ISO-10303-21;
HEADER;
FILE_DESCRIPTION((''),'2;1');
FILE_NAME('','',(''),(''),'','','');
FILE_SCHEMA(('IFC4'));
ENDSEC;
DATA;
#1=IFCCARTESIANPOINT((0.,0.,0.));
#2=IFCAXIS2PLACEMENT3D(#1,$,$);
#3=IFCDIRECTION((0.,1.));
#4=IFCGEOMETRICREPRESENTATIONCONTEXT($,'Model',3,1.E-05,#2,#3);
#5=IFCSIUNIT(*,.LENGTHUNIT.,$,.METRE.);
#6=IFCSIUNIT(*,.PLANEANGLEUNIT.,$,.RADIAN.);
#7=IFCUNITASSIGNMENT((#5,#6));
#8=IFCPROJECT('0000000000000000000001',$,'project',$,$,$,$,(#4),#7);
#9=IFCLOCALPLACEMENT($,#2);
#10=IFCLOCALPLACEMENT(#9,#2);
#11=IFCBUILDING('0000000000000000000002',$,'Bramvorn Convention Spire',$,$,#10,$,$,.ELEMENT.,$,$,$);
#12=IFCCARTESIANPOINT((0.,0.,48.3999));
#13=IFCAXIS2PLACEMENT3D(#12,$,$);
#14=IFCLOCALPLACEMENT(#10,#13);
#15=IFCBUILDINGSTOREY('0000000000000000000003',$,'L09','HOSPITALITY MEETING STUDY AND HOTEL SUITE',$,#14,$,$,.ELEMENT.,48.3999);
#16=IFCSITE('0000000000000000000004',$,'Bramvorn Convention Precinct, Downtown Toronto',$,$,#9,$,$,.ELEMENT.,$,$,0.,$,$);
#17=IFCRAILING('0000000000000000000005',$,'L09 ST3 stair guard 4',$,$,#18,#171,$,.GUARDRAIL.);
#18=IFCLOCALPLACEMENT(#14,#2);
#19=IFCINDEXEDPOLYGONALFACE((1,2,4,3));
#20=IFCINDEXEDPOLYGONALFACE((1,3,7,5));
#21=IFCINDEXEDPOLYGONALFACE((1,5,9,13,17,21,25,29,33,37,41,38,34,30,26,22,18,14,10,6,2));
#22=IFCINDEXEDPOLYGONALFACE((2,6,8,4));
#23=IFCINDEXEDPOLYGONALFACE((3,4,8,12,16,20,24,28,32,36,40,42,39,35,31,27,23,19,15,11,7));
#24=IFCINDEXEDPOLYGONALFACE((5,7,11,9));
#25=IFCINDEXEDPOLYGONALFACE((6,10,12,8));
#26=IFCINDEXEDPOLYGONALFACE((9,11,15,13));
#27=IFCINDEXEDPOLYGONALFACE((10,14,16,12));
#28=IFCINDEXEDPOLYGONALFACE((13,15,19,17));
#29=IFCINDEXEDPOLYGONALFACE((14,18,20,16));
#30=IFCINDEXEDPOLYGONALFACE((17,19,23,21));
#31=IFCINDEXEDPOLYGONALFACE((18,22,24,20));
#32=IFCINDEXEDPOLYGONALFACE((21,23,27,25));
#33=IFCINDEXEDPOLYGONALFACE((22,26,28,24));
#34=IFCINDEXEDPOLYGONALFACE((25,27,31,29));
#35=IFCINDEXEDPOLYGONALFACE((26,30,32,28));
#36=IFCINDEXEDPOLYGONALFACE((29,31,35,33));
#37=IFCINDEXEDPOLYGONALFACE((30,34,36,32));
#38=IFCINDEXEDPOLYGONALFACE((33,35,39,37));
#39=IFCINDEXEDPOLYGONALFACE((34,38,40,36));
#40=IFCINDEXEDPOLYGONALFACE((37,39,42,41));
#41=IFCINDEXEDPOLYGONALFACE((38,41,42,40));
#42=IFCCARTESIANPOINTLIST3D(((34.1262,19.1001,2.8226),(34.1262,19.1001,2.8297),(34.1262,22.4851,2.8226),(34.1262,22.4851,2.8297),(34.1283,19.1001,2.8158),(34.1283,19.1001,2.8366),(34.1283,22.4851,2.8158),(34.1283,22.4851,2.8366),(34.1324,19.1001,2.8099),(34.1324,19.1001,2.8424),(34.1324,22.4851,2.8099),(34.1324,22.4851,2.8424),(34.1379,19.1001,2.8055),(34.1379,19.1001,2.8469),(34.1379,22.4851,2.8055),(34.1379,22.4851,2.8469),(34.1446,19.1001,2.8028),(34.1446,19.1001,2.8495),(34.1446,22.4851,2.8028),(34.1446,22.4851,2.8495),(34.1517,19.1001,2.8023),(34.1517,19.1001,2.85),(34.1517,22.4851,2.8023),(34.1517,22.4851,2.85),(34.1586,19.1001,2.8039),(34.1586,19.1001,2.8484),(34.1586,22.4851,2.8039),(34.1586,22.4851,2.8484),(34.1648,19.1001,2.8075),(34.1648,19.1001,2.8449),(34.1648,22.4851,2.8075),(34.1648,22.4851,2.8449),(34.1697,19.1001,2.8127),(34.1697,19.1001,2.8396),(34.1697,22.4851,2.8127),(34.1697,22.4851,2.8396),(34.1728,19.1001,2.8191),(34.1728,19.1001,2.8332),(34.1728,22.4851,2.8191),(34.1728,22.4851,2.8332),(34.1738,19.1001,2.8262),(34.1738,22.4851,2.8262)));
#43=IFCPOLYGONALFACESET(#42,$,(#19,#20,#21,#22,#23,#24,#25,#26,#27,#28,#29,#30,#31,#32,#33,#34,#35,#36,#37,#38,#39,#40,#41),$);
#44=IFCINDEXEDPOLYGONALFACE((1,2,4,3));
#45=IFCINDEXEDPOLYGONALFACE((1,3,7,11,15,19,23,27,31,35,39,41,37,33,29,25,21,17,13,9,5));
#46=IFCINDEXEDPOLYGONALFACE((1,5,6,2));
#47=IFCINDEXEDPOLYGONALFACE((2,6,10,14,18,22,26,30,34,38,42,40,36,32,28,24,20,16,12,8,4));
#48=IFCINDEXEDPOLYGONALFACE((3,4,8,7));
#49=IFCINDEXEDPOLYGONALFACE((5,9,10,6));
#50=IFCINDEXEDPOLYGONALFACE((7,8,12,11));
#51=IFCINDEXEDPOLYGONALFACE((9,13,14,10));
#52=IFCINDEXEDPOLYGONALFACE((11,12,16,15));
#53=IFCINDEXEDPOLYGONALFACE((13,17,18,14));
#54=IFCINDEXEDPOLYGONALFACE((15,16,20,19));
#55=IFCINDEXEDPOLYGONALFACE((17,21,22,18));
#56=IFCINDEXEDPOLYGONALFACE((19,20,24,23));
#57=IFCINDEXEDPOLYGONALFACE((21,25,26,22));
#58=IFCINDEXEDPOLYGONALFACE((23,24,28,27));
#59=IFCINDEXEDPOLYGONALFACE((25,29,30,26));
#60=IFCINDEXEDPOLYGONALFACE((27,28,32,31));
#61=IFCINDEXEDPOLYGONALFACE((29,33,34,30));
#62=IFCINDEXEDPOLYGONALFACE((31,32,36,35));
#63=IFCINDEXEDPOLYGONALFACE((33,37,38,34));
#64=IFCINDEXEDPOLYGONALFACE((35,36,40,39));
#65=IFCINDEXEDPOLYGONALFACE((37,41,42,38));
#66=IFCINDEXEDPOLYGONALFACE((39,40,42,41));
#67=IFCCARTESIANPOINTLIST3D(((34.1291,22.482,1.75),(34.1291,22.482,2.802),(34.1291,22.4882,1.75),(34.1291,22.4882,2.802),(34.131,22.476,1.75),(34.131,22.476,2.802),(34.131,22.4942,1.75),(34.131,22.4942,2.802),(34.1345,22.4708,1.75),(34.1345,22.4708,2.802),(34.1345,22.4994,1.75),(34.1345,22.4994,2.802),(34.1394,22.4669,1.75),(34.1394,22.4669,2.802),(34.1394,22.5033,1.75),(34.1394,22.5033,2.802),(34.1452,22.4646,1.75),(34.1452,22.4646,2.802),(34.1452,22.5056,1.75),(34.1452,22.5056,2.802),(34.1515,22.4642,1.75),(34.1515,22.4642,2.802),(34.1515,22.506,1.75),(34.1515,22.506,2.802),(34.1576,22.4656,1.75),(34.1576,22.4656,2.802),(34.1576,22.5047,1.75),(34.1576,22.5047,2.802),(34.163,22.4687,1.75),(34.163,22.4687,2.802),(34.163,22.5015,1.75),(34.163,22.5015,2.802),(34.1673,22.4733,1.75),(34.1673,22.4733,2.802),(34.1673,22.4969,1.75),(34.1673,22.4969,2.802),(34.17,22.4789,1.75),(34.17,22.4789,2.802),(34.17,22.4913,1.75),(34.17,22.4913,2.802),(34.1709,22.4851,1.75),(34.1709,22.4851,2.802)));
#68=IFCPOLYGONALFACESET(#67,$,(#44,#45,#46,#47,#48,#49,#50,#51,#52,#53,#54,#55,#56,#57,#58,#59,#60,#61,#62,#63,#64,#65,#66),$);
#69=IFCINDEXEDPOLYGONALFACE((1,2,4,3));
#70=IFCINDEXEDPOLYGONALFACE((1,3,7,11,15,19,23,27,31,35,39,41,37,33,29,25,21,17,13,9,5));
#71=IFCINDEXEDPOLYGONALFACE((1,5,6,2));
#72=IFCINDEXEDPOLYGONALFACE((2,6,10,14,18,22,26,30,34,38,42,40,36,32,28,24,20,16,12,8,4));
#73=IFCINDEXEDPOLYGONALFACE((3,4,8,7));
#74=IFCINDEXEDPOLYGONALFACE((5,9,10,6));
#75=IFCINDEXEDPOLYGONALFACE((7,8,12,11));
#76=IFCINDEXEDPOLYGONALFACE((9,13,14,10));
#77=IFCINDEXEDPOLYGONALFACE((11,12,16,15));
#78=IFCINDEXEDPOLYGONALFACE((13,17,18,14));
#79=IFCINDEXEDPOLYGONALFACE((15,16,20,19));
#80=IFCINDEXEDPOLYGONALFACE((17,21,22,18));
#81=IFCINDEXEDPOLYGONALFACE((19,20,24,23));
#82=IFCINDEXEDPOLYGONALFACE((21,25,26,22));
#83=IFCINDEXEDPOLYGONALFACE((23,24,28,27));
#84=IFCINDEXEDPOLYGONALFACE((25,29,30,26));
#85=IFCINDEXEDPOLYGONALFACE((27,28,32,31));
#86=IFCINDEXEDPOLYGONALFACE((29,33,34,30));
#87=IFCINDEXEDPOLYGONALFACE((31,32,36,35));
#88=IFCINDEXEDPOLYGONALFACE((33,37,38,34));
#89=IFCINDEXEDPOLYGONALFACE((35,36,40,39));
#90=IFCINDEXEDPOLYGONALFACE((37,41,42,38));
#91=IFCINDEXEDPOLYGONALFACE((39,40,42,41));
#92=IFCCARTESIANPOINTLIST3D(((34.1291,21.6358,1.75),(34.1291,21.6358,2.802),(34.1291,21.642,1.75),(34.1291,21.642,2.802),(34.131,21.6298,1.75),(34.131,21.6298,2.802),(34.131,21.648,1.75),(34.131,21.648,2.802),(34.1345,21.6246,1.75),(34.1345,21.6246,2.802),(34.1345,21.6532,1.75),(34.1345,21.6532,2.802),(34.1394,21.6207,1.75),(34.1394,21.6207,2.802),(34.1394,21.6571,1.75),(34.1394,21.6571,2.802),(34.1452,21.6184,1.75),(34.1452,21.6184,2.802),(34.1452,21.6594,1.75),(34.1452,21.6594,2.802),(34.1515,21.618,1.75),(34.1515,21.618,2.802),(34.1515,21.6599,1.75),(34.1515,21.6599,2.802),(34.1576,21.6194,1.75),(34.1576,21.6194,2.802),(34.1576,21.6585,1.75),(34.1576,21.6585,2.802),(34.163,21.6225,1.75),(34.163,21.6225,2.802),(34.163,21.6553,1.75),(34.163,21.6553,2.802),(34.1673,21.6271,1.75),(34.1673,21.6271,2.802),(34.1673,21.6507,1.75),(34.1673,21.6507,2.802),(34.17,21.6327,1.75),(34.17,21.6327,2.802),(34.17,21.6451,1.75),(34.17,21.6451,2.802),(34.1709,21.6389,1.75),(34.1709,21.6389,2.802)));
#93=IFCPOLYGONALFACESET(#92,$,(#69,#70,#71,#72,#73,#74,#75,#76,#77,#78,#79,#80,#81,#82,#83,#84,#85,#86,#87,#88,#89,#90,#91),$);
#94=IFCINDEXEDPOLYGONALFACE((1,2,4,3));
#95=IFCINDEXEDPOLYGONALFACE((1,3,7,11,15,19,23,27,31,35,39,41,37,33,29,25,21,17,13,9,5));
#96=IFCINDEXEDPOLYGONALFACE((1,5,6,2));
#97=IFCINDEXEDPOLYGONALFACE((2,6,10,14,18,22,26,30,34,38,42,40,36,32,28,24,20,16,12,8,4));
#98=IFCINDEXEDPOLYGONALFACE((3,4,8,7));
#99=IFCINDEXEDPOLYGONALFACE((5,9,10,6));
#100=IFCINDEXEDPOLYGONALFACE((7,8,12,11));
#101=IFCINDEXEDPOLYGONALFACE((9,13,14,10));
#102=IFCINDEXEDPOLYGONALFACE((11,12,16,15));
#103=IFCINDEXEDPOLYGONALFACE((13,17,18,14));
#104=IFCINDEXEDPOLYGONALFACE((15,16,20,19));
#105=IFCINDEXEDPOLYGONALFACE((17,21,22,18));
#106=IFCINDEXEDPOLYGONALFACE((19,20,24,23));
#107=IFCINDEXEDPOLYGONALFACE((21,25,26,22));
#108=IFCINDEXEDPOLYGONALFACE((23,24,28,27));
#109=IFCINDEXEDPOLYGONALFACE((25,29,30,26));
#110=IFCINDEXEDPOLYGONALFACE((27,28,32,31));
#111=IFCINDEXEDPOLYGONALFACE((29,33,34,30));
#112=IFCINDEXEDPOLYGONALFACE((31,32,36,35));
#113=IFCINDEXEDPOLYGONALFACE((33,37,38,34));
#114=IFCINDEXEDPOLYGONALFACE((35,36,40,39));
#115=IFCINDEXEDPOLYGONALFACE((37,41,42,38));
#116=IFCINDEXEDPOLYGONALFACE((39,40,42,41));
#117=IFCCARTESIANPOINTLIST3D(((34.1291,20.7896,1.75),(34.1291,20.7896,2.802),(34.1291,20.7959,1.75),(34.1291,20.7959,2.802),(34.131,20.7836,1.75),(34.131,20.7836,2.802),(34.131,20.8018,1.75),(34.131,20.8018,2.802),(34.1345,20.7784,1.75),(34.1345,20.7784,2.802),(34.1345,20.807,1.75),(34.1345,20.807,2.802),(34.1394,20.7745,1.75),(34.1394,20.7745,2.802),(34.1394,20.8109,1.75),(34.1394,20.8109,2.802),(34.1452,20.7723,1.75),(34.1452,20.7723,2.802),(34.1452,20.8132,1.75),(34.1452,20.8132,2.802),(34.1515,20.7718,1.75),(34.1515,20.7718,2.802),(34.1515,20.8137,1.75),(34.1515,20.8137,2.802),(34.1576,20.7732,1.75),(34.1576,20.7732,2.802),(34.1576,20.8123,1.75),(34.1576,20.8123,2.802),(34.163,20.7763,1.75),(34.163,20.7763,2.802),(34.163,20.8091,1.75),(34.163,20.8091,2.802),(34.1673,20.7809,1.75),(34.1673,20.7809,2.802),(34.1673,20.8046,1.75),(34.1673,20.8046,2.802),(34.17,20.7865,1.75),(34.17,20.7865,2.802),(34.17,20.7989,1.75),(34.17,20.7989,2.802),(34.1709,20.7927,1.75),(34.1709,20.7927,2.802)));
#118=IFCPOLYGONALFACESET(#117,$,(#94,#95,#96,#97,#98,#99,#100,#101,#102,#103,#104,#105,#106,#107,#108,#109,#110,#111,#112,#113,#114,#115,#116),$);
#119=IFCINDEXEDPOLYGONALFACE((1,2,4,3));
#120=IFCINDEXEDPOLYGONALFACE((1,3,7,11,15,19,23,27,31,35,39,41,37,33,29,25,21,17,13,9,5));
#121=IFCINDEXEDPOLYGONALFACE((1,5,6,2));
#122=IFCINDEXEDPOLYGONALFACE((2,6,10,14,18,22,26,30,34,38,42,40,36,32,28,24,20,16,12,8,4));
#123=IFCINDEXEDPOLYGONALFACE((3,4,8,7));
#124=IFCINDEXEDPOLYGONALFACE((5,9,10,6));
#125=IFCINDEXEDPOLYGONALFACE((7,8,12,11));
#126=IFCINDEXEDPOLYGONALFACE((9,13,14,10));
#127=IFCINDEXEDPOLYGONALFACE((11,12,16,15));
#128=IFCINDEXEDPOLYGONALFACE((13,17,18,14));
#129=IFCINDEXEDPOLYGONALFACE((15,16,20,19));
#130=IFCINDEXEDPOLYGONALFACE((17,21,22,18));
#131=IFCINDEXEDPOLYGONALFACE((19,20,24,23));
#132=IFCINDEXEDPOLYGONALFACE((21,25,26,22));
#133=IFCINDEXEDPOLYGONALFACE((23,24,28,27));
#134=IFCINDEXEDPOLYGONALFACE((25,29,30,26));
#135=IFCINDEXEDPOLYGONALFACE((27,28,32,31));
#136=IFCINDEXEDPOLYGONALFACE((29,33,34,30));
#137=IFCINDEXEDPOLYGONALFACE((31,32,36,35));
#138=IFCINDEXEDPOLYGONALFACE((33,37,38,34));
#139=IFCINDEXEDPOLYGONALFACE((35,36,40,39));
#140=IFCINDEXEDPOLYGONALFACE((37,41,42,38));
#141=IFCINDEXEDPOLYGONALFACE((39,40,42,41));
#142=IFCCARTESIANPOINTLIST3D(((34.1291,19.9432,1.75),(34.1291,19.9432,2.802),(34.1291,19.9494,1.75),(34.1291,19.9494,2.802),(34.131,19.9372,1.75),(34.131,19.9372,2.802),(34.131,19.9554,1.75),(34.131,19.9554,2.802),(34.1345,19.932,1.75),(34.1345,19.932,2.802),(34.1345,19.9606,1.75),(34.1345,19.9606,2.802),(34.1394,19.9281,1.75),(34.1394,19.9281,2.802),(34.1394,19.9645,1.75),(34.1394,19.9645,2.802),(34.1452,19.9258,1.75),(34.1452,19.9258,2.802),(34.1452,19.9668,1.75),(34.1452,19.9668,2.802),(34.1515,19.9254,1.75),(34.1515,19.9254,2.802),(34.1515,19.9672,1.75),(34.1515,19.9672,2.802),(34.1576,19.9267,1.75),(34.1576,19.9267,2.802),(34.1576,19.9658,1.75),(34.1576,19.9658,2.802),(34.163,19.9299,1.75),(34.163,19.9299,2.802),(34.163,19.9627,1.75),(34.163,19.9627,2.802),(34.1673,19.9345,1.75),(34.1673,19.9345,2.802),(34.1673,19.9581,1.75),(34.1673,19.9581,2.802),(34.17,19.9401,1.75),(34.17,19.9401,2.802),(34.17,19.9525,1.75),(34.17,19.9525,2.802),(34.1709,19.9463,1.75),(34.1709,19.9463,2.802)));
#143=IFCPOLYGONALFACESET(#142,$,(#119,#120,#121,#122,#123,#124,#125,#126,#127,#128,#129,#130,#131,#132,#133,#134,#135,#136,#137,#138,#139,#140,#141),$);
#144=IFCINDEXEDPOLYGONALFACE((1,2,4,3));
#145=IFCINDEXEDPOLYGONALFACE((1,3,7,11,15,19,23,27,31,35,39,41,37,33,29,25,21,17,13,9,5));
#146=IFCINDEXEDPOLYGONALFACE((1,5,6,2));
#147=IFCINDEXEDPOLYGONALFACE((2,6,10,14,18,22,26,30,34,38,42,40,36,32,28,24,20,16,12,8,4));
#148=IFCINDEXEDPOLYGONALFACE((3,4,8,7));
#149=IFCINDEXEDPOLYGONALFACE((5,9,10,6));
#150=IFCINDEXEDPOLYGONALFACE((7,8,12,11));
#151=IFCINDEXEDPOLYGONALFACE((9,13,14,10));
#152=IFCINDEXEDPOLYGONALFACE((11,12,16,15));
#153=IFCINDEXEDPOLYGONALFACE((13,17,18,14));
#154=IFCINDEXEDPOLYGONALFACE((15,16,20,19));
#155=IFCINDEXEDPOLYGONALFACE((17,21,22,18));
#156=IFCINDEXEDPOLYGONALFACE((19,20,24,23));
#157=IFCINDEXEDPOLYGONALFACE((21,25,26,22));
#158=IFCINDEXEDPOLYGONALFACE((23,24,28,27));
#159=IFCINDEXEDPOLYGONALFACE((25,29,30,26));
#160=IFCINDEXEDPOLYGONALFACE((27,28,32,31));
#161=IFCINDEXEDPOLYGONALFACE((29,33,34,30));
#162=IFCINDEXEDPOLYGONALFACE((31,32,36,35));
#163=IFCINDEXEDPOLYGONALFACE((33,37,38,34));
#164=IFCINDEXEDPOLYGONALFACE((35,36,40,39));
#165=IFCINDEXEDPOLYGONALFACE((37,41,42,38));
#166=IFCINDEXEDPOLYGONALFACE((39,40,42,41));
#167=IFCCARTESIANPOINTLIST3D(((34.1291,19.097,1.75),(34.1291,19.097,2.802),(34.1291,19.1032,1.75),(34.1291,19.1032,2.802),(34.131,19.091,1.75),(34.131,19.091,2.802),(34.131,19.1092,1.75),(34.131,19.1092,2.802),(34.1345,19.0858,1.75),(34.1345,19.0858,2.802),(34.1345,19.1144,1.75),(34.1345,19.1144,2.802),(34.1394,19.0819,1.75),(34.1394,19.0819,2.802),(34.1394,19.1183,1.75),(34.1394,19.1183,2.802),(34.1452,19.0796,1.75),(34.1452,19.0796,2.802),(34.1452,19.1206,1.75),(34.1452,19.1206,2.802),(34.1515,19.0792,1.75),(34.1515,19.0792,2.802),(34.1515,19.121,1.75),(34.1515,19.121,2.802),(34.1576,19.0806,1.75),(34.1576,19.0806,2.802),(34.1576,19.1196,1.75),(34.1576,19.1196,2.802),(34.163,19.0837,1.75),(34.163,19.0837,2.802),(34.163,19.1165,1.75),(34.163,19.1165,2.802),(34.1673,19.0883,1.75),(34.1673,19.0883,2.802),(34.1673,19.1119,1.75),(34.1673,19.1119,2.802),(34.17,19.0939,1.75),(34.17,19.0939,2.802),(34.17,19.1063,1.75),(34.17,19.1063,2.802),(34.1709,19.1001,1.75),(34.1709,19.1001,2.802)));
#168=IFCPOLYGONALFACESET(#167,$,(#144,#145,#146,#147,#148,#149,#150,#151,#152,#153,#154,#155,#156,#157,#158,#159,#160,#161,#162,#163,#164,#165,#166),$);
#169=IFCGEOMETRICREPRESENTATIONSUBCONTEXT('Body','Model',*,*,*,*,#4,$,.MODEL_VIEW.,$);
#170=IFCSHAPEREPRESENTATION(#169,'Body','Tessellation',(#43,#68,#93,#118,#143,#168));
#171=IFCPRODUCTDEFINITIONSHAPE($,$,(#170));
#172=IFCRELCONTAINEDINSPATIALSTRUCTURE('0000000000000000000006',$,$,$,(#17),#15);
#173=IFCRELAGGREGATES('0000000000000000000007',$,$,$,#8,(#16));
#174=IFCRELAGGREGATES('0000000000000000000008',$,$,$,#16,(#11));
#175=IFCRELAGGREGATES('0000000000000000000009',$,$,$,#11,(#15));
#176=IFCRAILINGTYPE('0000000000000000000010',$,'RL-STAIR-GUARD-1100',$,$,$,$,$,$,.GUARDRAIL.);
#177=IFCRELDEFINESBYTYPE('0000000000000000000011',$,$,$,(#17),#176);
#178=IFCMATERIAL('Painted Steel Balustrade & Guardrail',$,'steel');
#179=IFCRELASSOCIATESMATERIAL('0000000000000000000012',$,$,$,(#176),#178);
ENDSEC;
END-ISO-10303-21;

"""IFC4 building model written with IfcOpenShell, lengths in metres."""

from ifc_helpers import new_model, si_unit, direction, frame, origin, origin_2d, place, context, subcontext, project, spatial, circle, extrude, material, type_object, element, save


model = new_model("IFC4")

# Units and contexts
model_context = context("Model", 3, precision=1e-05, world=origin(), true_north=direction((0.0, 1.0)))
body_context = subcontext(model_context, "Body", "Model", "MODEL_VIEW")
ifc_project = project(units=[si_unit("LENGTHUNIT", "METRE"), si_unit("PLANEANGLEUNIT", "RADIAN")], contexts=[model_context])

# Site, building, storey
site_placement = place(None, origin())
site = spatial("IfcSite", under=ifc_project, at=site_placement, Name="Bramvorn Convention Precinct, Downtown Toronto", CompositionType="ELEMENT", RefElevation=0.0)
building_placement = place(site_placement, origin())
building = spatial("IfcBuilding", under=site, at=building_placement, Name="Bramvorn Convention Spire", CompositionType="ELEMENT")
storey_placement = place(building_placement, frame((0.0, 0.0, 48.3999)))
storey = spatial("IfcBuildingStorey", under=building, at=storey_placement, Name="L09", Description="HOSPITALITY MEETING STUDY AND HOTEL SUITE", CompositionType="ELEMENT", Elevation=48.3999)

# Railing
ifc_material_1 = material(Name="Painted Steel Balustrade & Guardrail", Category="steel")
railing_type_1 = type_object("IfcRailingType", Name="RL-STAIR-GUARD-1100", PredefinedType="GUARDRAIL", material=ifc_material_1)
for number, where, name in (
    (1, (34.1499, 22.4851, 1.75), "L09 ST3 stair guard 4"),
):
    element("IfcRailing", number, at=place(storey_placement, frame(where)), inside=storey, type_object=railing_type_1, Name=name, PredefinedType="GUARDRAIL", context=body_context, shape_type="SweptSolid", body=[
        extrude(circle(Radius=0.0239, at=origin_2d()), frame((0.0, 0.0, 1.0762), z_axis=(0.0, -1.0, 0.0), x_axis=(1.0, 0.0, 0.0)), (0.0, 0.0, 1.0), 3.385),
        extrude(circle(Radius=0.021, at=origin_2d()), origin(), (0.0, 0.0, 1.0), 1.052),
        extrude(circle(Radius=0.021, at=origin_2d()), frame((0.0, -0.8462, 0.0)), (0.0, 0.0, 1.0), 1.052),
        extrude(circle(Radius=0.021, at=origin_2d()), frame((0.0, -1.6924, 0.0)), (0.0, 0.0, 1.0), 1.052),
        extrude(circle(Radius=0.021, at=origin_2d()), frame((0.0, -2.5388, 0.0)), (0.0, 0.0, 1.0), 1.052),
        extrude(circle(Radius=0.021, at=origin_2d()), frame((0.0, -3.385, 0.0)), (0.0, 0.0, 1.0), 1.052),
    ])

save(model, "model.ifc")
